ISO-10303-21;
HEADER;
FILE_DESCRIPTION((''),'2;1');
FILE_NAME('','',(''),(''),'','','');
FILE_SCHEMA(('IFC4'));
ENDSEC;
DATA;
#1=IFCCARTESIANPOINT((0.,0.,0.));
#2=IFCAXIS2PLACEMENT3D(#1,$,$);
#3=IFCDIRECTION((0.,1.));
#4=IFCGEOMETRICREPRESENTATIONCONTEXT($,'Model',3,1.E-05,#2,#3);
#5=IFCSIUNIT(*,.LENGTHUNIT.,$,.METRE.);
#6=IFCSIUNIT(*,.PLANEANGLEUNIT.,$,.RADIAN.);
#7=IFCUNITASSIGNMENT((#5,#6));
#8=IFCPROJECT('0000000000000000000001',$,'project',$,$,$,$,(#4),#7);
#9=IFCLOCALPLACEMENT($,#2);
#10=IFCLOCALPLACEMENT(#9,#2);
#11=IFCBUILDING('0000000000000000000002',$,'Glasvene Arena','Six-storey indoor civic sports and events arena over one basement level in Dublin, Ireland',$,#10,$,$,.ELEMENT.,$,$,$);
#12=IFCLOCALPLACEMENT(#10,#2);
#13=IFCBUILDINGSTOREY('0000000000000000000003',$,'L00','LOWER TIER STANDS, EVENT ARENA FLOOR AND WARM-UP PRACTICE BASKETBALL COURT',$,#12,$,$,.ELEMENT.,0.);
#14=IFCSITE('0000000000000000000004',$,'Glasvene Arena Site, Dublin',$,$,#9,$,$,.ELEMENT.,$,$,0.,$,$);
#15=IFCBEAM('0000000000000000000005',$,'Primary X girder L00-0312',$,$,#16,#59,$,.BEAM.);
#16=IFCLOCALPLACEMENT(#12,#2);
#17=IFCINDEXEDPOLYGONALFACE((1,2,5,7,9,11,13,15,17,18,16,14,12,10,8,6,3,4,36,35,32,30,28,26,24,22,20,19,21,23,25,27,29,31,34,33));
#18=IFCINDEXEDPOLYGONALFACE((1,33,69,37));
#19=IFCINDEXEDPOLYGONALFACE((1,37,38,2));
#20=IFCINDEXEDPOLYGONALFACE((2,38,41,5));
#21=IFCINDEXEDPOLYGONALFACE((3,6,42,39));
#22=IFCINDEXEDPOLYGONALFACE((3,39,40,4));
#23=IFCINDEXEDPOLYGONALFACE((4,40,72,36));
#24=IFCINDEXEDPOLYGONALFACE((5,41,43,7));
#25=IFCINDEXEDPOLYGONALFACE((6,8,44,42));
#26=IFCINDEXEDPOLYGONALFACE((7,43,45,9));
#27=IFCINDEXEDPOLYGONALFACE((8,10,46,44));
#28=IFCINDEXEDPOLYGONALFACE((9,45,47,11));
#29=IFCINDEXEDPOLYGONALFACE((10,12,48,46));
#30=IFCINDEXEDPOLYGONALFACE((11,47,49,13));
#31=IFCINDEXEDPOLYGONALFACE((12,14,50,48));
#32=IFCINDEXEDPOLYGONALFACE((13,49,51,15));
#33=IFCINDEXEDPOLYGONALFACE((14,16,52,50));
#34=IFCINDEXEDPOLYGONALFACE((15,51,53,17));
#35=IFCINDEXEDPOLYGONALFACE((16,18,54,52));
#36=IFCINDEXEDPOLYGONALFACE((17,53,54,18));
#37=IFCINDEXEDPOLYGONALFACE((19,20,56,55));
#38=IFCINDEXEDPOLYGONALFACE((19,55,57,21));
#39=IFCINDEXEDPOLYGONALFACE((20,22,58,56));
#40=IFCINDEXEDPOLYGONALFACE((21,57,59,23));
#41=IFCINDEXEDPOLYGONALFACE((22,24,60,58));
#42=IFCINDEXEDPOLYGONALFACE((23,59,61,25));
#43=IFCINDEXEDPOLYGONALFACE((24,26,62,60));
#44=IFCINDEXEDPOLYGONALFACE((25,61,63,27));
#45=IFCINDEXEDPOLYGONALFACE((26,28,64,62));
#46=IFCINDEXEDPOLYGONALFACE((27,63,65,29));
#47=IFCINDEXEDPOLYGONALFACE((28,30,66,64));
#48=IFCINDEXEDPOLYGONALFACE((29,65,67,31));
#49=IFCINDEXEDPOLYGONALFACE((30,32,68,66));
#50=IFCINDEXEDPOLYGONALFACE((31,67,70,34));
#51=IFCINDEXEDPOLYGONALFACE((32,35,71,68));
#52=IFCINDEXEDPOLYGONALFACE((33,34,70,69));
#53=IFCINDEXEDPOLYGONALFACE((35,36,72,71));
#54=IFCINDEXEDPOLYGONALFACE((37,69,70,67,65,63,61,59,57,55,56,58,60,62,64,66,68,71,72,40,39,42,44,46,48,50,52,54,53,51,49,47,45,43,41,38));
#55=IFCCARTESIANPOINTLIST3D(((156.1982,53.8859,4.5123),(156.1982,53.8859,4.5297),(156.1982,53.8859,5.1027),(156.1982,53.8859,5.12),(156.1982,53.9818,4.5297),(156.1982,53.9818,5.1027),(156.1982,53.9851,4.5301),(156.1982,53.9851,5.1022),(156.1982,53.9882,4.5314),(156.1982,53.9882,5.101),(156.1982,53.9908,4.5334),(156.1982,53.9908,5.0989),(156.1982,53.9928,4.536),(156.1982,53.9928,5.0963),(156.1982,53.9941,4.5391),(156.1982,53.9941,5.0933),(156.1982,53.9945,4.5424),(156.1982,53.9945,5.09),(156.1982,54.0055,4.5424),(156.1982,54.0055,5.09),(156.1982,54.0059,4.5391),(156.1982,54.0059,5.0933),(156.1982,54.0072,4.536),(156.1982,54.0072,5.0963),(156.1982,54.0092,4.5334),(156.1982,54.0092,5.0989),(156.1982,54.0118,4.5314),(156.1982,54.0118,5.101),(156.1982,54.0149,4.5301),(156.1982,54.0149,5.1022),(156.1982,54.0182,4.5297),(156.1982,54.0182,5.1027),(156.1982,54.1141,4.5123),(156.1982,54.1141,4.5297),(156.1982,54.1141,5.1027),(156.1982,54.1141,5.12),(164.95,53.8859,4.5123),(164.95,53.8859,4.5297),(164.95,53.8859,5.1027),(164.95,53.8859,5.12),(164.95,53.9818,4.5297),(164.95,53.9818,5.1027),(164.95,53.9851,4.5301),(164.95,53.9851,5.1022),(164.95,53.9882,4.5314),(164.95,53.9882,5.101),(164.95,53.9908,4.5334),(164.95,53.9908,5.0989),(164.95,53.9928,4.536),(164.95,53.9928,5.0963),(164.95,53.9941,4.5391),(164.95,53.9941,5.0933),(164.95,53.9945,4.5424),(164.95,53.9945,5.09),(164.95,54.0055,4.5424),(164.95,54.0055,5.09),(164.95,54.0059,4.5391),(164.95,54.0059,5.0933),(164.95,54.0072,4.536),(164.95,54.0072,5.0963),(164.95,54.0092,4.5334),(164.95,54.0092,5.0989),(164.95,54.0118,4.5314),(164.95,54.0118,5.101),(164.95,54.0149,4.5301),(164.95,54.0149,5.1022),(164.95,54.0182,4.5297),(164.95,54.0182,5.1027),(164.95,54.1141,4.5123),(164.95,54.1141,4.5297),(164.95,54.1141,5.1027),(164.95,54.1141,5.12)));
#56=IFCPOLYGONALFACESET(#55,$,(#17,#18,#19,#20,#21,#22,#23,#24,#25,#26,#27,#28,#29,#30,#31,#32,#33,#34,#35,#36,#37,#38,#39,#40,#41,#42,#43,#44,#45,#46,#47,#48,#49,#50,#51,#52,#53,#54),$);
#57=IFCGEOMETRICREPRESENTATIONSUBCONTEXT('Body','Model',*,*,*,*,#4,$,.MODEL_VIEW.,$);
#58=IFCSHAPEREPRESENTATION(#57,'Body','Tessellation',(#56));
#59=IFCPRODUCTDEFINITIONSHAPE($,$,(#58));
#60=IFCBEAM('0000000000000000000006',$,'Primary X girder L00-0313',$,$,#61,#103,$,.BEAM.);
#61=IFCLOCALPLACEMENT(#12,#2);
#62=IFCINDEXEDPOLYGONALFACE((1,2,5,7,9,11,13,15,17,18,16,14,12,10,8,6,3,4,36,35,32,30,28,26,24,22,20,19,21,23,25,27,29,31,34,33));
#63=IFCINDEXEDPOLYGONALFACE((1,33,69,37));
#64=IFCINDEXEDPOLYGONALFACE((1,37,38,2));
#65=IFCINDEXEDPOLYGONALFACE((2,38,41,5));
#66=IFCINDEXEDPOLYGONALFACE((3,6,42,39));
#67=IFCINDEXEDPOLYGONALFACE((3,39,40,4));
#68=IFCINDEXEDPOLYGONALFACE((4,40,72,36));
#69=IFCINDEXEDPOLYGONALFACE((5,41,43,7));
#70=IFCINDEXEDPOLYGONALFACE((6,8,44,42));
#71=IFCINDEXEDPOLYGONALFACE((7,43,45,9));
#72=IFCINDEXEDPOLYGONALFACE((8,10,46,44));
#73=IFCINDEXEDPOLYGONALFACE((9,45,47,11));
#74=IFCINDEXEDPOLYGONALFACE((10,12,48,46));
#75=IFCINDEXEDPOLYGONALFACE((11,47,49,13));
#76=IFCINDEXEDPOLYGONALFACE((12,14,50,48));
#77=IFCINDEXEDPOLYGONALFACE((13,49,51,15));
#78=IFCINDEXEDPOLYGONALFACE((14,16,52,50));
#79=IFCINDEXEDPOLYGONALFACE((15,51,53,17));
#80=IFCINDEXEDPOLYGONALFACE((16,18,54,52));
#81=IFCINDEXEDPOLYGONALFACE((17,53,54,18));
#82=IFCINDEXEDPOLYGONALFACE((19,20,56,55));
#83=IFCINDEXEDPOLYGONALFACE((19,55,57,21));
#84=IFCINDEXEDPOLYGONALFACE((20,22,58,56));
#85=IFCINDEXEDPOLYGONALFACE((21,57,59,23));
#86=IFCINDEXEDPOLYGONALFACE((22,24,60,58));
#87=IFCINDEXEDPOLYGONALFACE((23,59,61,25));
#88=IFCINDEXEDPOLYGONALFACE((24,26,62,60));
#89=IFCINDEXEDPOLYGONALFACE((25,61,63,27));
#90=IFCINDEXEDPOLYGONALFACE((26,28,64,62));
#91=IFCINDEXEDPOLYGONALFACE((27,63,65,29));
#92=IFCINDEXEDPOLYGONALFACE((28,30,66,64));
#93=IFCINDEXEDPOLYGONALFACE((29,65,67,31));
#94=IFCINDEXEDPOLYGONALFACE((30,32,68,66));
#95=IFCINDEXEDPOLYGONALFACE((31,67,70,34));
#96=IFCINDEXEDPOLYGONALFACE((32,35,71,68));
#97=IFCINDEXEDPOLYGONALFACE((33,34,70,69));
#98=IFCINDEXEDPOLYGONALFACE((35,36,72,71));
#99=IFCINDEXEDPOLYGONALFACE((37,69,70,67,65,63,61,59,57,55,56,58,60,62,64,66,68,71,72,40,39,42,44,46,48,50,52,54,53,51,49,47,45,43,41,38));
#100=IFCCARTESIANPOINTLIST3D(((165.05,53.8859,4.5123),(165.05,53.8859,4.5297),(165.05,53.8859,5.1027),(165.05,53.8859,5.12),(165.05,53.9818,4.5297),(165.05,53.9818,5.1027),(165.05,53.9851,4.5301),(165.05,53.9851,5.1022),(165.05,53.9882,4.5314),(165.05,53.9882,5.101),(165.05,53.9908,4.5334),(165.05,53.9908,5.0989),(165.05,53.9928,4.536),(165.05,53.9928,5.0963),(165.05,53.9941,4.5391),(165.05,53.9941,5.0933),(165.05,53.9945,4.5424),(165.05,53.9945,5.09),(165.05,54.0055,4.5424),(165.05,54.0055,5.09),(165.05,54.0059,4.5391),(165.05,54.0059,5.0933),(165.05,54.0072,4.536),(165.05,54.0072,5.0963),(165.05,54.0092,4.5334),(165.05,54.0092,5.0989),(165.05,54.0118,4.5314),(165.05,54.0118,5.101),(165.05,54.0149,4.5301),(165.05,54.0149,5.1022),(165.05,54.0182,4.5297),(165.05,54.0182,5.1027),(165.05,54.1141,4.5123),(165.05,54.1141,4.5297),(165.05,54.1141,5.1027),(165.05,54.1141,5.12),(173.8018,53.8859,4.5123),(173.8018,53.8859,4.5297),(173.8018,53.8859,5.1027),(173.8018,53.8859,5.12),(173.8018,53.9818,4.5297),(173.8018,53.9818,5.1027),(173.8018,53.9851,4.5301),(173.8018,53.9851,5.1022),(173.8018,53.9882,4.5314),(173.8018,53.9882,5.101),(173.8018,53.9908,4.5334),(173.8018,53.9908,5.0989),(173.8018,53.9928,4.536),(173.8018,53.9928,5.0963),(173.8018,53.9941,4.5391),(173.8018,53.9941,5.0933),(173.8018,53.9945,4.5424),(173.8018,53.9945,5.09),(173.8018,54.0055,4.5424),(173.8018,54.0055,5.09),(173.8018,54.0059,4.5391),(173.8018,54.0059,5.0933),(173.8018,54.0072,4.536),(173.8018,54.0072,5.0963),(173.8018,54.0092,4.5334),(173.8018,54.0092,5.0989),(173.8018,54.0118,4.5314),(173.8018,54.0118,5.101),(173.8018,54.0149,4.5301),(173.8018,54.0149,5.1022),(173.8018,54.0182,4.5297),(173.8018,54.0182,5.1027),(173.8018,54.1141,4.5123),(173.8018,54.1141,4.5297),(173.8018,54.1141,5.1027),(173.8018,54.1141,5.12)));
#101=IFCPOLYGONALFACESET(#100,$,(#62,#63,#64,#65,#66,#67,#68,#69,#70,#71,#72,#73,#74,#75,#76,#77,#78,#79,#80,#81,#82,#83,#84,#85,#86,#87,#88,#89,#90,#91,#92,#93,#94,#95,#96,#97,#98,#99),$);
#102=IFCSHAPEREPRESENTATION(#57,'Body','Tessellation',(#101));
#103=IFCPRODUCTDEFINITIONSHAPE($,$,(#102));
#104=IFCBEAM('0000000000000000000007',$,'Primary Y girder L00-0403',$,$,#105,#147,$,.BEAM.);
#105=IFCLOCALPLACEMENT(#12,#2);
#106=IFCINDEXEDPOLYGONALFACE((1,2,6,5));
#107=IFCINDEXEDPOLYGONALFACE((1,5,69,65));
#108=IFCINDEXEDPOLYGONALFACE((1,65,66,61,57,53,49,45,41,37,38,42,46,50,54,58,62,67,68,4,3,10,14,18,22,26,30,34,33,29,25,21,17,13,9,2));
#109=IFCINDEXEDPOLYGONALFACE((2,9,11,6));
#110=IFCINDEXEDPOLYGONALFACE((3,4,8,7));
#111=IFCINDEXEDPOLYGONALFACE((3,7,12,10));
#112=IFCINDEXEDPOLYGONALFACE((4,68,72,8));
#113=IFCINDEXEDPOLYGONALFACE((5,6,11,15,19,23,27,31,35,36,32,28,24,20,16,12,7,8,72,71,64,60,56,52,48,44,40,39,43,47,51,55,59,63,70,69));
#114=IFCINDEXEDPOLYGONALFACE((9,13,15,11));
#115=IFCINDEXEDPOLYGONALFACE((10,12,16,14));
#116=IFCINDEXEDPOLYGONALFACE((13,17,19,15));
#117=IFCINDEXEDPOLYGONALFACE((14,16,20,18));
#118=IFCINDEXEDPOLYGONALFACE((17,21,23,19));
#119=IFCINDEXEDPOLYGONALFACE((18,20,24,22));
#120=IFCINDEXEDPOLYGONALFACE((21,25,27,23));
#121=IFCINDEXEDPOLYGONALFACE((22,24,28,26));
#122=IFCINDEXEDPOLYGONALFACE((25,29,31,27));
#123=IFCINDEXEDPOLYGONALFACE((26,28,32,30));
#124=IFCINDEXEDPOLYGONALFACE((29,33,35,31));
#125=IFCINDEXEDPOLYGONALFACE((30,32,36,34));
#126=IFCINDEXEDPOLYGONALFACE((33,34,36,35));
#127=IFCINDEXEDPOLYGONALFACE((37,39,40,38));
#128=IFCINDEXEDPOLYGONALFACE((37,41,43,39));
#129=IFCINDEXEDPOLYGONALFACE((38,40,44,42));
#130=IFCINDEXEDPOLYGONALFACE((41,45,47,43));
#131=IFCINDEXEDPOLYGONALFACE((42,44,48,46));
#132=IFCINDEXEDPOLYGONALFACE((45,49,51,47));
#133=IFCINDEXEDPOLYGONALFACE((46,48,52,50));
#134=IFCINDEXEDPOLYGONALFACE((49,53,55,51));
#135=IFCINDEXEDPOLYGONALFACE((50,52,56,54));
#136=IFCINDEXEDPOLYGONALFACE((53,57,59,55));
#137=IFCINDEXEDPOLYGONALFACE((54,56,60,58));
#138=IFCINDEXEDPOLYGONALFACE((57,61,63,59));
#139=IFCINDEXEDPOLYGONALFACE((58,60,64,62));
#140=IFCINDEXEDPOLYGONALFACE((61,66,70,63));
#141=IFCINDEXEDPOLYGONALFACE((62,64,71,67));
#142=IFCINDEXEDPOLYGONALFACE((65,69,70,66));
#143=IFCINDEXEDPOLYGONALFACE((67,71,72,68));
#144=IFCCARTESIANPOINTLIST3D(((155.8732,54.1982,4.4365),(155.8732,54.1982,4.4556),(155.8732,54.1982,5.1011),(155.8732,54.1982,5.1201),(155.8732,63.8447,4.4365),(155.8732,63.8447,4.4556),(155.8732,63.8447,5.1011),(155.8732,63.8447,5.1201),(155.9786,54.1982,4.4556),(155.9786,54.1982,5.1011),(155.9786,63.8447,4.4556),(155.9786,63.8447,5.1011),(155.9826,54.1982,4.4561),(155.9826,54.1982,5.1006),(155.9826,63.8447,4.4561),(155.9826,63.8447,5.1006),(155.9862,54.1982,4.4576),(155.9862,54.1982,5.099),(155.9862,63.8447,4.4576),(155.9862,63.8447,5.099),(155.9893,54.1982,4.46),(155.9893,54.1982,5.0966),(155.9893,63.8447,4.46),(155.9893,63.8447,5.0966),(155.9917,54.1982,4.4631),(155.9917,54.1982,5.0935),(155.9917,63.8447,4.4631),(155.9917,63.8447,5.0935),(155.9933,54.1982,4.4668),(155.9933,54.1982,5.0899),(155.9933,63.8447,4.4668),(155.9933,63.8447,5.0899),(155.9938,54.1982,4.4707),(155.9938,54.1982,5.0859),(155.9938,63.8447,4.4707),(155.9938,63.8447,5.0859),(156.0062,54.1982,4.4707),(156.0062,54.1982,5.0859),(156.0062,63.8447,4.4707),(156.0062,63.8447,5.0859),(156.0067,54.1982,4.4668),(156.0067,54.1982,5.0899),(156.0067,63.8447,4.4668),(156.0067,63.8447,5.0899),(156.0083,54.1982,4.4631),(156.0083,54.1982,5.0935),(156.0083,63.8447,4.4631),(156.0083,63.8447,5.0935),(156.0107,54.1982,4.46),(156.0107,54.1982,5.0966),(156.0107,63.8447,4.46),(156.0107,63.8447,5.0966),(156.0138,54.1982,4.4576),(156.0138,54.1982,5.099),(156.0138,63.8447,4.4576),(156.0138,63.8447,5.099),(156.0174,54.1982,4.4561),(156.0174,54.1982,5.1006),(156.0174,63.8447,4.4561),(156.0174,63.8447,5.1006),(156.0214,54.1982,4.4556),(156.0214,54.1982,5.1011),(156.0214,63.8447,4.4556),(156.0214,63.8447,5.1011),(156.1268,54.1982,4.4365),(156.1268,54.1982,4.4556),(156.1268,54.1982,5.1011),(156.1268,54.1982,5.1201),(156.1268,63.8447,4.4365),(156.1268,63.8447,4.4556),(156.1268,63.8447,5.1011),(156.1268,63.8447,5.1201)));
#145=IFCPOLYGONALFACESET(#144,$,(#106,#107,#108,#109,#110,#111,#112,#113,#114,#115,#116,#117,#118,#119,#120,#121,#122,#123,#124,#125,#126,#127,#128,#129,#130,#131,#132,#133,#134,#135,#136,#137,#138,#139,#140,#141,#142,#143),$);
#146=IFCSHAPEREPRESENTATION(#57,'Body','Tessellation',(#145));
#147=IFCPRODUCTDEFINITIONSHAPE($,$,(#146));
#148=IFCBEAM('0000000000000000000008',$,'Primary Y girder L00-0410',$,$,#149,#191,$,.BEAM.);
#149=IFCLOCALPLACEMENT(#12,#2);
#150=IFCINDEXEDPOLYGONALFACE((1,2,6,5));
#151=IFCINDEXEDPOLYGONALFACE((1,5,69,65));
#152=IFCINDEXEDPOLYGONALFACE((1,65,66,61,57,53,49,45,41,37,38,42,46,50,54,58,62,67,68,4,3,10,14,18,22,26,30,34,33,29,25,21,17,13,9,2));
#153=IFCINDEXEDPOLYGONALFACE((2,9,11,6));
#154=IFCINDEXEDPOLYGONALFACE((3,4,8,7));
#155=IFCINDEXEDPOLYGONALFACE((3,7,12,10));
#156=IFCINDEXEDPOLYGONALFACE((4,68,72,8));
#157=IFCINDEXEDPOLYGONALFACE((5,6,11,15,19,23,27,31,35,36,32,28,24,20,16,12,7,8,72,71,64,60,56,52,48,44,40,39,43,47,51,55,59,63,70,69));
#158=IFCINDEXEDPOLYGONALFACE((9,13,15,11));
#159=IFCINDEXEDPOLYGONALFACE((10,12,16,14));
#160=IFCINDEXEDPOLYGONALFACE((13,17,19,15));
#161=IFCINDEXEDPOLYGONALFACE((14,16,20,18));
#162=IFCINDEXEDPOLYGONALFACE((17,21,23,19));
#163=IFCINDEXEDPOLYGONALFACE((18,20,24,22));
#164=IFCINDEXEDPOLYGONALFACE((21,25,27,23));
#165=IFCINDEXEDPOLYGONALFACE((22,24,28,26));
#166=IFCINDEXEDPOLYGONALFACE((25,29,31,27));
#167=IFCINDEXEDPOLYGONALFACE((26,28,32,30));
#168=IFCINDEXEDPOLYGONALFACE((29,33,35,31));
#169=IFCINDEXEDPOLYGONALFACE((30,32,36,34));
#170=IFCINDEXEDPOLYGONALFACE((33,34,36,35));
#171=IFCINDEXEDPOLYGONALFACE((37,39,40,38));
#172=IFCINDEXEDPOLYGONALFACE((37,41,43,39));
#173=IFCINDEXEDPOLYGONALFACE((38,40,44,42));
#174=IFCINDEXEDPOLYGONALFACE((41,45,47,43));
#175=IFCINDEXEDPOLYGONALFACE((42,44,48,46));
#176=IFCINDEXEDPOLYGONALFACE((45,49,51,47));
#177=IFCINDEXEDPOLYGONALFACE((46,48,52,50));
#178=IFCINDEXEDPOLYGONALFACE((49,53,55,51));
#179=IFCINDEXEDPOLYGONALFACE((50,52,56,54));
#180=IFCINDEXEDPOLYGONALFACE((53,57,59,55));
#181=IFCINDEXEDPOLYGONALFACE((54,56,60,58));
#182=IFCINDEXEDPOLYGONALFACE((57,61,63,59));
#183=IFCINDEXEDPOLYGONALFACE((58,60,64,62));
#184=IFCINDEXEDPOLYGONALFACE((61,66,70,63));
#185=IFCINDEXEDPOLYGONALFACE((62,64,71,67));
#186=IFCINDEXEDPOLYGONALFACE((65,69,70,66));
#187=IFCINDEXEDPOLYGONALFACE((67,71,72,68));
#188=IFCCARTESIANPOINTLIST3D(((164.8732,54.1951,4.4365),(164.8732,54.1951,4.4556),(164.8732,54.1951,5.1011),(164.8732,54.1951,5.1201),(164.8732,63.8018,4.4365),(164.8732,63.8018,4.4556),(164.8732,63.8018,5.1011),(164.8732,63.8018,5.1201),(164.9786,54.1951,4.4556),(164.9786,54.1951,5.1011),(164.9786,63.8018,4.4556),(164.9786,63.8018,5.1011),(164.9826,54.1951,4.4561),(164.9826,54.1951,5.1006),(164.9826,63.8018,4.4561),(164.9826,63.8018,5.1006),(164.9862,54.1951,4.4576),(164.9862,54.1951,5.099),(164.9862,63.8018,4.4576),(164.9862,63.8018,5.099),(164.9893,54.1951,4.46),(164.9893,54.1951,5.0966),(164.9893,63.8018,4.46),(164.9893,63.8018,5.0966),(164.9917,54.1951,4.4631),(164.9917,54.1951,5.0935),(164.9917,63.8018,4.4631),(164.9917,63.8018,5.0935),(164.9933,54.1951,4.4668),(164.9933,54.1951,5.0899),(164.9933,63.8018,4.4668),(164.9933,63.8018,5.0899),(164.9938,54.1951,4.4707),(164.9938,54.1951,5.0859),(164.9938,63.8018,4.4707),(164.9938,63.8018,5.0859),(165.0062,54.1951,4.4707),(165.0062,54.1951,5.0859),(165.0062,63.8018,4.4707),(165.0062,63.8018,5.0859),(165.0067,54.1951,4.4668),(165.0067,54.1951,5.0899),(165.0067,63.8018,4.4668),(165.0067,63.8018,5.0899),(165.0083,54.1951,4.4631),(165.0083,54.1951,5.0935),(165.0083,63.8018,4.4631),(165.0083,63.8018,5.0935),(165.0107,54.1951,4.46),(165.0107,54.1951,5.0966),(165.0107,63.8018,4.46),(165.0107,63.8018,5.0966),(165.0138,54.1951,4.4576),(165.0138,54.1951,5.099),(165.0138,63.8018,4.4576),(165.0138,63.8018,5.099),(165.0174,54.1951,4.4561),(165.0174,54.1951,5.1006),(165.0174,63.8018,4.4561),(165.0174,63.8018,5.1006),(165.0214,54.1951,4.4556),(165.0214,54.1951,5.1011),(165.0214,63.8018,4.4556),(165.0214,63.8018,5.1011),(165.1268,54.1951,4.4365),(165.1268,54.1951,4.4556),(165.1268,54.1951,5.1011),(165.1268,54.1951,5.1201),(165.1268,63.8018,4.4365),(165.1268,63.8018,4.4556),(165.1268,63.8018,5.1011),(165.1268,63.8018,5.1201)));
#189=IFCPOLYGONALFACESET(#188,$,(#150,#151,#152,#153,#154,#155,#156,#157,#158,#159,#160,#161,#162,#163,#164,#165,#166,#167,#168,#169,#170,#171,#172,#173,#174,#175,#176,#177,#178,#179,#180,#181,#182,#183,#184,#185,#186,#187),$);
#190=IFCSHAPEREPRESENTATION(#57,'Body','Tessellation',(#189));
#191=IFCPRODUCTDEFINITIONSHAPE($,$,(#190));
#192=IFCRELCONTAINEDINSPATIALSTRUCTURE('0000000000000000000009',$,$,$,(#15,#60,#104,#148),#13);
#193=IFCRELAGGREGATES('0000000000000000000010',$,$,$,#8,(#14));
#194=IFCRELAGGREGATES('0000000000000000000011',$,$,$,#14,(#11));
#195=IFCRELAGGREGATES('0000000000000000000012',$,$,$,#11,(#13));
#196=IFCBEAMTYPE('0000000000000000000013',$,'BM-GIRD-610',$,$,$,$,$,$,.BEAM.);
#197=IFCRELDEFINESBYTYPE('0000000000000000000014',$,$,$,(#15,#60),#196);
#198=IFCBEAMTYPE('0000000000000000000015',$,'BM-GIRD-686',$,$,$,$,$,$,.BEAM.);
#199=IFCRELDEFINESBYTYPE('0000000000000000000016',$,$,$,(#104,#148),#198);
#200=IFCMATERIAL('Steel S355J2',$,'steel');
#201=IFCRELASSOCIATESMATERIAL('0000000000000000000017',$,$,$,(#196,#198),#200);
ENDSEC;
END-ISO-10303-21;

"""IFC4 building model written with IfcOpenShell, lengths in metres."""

from ifc_helpers import new_model, si_unit, direction, frame, origin, origin_2d, place, context, subcontext, project, spatial, i_section, extrude, material, material_profile, profile_set, type_object, element, save


model = new_model("IFC4")

# Units and contexts
model_context = context("Model", 3, precision=1e-05, world=origin(), true_north=direction((0.0, 1.0)))
body_context = subcontext(model_context, "Body", "Model", "MODEL_VIEW")
ifc_project = project(units=[si_unit("LENGTHUNIT", "METRE"), si_unit("PLANEANGLEUNIT", "RADIAN")], contexts=[model_context])

# Site, building, storey
site_placement = place(None, origin())
site = spatial("IfcSite", under=ifc_project, at=site_placement, Name="Glasvene Arena Site, Dublin", CompositionType="ELEMENT", RefElevation=0.0)
building_placement = place(site_placement, origin())
building = spatial("IfcBuilding", under=site, at=building_placement, Name="Glasvene Arena", Description="Six-storey indoor civic sports and events arena over one basement level in Dublin, Ireland", CompositionType="ELEMENT")
storey_placement = place(building_placement, origin())
storey = spatial("IfcBuildingStorey", under=building, at=storey_placement, Name="L00", Description="LOWER TIER STANDS, EVENT ARENA FLOOR AND WARM-UP PRACTICE BASKETBALL COURT", CompositionType="ELEMENT", Elevation=0.0)

# Shared definitions
ifc_material_1 = material(Name="Steel S355J2", Category="steel")

# Beams
ifc_material_profile_1 = material_profile(ifc_material_1, i_section(OverallWidth=0.2283, OverallDepth=0.6077, WebThickness=0.011, FlangeThickness=0.0173, FilletRadius=0.0127, at=origin_2d()), Name="UKB 610x229x113")
ifc_profile_set_1 = profile_set([ifc_material_profile_1], Name="Steel S355J2")
beam_type_1 = type_object("IfcBeamType", Name="BM-GIRD-610", PredefinedType="BEAM", material=ifc_profile_set_1)
for number, where, z_axis, x_axis, name in (
    (1, (156.1982, 54.0, 4.8162), (1.0, 0.0, 0.0), (0.0, 1.0, 0.0), "Primary X girder L00-0312"),
    (2, (165.05, 54.0, 4.8162), (1.0, 0.0, 0.0), (0.0, 1.0, 0.0), "Primary X girder L00-0313"),
):
    element("IfcBeam", number, at=place(storey_placement, frame(where, z_axis=z_axis, x_axis=x_axis)), inside=storey, type_object=beam_type_1, Name=name, PredefinedType="BEAM", context=body_context, shape_type="SweptSolid", body=[
        extrude(i_section(OverallWidth=0.2283, OverallDepth=0.6077, WebThickness=0.011, FlangeThickness=0.0173, FilletRadius=0.0127, at=origin_2d()), origin(), (0.0, 0.0, 1.0), 8.7517),
    ])
ifc_material_profile_2 = material_profile(ifc_material_1, i_section(OverallWidth=0.2537, OverallDepth=0.6836, WebThickness=0.0125, FlangeThickness=0.019, FilletRadius=0.0151, at=origin_2d()), Name="UKB 686x254x140")
ifc_profile_set_2 = profile_set([ifc_material_profile_2], Name="Steel S355J2")
beam_type_2 = type_object("IfcBeamType", Name="BM-GIRD-686", PredefinedType="BEAM", material=ifc_profile_set_2)
beam_1_placement = place(storey_placement, frame((156.0, 54.1982, 4.7783), z_axis=(0.0, 1.0, 0.0), x_axis=(-1.0, 0.0, 0.0)))
element("IfcBeam", 3, at=beam_1_placement, inside=storey, type_object=beam_type_2, Name="Primary Y girder L00-0403", PredefinedType="BEAM", context=body_context, shape_type="SweptSolid", body=[
    extrude(i_section(OverallWidth=0.2537, OverallDepth=0.6836, WebThickness=0.0125, FlangeThickness=0.019, FilletRadius=0.0151, at=origin_2d()), origin(), (0.0, 0.0, 1.0), 9.6465),
])
beam_2_placement = place(storey_placement, frame((165.0, 54.1951, 4.7783), z_axis=(0.0, 1.0, 0.0), x_axis=(-1.0, 0.0, 0.0)))
element("IfcBeam", 4, at=beam_2_placement, inside=storey, type_object=beam_type_2, Name="Primary Y girder L00-0410", PredefinedType="BEAM", context=body_context, shape_type="SweptSolid", body=[
    extrude(i_section(OverallWidth=0.2537, OverallDepth=0.6836, WebThickness=0.0125, FlangeThickness=0.019, FilletRadius=0.0151, at=origin_2d()), origin(), (0.0, 0.0, 1.0), 9.6067),
])

save(model, "model.ifc")
